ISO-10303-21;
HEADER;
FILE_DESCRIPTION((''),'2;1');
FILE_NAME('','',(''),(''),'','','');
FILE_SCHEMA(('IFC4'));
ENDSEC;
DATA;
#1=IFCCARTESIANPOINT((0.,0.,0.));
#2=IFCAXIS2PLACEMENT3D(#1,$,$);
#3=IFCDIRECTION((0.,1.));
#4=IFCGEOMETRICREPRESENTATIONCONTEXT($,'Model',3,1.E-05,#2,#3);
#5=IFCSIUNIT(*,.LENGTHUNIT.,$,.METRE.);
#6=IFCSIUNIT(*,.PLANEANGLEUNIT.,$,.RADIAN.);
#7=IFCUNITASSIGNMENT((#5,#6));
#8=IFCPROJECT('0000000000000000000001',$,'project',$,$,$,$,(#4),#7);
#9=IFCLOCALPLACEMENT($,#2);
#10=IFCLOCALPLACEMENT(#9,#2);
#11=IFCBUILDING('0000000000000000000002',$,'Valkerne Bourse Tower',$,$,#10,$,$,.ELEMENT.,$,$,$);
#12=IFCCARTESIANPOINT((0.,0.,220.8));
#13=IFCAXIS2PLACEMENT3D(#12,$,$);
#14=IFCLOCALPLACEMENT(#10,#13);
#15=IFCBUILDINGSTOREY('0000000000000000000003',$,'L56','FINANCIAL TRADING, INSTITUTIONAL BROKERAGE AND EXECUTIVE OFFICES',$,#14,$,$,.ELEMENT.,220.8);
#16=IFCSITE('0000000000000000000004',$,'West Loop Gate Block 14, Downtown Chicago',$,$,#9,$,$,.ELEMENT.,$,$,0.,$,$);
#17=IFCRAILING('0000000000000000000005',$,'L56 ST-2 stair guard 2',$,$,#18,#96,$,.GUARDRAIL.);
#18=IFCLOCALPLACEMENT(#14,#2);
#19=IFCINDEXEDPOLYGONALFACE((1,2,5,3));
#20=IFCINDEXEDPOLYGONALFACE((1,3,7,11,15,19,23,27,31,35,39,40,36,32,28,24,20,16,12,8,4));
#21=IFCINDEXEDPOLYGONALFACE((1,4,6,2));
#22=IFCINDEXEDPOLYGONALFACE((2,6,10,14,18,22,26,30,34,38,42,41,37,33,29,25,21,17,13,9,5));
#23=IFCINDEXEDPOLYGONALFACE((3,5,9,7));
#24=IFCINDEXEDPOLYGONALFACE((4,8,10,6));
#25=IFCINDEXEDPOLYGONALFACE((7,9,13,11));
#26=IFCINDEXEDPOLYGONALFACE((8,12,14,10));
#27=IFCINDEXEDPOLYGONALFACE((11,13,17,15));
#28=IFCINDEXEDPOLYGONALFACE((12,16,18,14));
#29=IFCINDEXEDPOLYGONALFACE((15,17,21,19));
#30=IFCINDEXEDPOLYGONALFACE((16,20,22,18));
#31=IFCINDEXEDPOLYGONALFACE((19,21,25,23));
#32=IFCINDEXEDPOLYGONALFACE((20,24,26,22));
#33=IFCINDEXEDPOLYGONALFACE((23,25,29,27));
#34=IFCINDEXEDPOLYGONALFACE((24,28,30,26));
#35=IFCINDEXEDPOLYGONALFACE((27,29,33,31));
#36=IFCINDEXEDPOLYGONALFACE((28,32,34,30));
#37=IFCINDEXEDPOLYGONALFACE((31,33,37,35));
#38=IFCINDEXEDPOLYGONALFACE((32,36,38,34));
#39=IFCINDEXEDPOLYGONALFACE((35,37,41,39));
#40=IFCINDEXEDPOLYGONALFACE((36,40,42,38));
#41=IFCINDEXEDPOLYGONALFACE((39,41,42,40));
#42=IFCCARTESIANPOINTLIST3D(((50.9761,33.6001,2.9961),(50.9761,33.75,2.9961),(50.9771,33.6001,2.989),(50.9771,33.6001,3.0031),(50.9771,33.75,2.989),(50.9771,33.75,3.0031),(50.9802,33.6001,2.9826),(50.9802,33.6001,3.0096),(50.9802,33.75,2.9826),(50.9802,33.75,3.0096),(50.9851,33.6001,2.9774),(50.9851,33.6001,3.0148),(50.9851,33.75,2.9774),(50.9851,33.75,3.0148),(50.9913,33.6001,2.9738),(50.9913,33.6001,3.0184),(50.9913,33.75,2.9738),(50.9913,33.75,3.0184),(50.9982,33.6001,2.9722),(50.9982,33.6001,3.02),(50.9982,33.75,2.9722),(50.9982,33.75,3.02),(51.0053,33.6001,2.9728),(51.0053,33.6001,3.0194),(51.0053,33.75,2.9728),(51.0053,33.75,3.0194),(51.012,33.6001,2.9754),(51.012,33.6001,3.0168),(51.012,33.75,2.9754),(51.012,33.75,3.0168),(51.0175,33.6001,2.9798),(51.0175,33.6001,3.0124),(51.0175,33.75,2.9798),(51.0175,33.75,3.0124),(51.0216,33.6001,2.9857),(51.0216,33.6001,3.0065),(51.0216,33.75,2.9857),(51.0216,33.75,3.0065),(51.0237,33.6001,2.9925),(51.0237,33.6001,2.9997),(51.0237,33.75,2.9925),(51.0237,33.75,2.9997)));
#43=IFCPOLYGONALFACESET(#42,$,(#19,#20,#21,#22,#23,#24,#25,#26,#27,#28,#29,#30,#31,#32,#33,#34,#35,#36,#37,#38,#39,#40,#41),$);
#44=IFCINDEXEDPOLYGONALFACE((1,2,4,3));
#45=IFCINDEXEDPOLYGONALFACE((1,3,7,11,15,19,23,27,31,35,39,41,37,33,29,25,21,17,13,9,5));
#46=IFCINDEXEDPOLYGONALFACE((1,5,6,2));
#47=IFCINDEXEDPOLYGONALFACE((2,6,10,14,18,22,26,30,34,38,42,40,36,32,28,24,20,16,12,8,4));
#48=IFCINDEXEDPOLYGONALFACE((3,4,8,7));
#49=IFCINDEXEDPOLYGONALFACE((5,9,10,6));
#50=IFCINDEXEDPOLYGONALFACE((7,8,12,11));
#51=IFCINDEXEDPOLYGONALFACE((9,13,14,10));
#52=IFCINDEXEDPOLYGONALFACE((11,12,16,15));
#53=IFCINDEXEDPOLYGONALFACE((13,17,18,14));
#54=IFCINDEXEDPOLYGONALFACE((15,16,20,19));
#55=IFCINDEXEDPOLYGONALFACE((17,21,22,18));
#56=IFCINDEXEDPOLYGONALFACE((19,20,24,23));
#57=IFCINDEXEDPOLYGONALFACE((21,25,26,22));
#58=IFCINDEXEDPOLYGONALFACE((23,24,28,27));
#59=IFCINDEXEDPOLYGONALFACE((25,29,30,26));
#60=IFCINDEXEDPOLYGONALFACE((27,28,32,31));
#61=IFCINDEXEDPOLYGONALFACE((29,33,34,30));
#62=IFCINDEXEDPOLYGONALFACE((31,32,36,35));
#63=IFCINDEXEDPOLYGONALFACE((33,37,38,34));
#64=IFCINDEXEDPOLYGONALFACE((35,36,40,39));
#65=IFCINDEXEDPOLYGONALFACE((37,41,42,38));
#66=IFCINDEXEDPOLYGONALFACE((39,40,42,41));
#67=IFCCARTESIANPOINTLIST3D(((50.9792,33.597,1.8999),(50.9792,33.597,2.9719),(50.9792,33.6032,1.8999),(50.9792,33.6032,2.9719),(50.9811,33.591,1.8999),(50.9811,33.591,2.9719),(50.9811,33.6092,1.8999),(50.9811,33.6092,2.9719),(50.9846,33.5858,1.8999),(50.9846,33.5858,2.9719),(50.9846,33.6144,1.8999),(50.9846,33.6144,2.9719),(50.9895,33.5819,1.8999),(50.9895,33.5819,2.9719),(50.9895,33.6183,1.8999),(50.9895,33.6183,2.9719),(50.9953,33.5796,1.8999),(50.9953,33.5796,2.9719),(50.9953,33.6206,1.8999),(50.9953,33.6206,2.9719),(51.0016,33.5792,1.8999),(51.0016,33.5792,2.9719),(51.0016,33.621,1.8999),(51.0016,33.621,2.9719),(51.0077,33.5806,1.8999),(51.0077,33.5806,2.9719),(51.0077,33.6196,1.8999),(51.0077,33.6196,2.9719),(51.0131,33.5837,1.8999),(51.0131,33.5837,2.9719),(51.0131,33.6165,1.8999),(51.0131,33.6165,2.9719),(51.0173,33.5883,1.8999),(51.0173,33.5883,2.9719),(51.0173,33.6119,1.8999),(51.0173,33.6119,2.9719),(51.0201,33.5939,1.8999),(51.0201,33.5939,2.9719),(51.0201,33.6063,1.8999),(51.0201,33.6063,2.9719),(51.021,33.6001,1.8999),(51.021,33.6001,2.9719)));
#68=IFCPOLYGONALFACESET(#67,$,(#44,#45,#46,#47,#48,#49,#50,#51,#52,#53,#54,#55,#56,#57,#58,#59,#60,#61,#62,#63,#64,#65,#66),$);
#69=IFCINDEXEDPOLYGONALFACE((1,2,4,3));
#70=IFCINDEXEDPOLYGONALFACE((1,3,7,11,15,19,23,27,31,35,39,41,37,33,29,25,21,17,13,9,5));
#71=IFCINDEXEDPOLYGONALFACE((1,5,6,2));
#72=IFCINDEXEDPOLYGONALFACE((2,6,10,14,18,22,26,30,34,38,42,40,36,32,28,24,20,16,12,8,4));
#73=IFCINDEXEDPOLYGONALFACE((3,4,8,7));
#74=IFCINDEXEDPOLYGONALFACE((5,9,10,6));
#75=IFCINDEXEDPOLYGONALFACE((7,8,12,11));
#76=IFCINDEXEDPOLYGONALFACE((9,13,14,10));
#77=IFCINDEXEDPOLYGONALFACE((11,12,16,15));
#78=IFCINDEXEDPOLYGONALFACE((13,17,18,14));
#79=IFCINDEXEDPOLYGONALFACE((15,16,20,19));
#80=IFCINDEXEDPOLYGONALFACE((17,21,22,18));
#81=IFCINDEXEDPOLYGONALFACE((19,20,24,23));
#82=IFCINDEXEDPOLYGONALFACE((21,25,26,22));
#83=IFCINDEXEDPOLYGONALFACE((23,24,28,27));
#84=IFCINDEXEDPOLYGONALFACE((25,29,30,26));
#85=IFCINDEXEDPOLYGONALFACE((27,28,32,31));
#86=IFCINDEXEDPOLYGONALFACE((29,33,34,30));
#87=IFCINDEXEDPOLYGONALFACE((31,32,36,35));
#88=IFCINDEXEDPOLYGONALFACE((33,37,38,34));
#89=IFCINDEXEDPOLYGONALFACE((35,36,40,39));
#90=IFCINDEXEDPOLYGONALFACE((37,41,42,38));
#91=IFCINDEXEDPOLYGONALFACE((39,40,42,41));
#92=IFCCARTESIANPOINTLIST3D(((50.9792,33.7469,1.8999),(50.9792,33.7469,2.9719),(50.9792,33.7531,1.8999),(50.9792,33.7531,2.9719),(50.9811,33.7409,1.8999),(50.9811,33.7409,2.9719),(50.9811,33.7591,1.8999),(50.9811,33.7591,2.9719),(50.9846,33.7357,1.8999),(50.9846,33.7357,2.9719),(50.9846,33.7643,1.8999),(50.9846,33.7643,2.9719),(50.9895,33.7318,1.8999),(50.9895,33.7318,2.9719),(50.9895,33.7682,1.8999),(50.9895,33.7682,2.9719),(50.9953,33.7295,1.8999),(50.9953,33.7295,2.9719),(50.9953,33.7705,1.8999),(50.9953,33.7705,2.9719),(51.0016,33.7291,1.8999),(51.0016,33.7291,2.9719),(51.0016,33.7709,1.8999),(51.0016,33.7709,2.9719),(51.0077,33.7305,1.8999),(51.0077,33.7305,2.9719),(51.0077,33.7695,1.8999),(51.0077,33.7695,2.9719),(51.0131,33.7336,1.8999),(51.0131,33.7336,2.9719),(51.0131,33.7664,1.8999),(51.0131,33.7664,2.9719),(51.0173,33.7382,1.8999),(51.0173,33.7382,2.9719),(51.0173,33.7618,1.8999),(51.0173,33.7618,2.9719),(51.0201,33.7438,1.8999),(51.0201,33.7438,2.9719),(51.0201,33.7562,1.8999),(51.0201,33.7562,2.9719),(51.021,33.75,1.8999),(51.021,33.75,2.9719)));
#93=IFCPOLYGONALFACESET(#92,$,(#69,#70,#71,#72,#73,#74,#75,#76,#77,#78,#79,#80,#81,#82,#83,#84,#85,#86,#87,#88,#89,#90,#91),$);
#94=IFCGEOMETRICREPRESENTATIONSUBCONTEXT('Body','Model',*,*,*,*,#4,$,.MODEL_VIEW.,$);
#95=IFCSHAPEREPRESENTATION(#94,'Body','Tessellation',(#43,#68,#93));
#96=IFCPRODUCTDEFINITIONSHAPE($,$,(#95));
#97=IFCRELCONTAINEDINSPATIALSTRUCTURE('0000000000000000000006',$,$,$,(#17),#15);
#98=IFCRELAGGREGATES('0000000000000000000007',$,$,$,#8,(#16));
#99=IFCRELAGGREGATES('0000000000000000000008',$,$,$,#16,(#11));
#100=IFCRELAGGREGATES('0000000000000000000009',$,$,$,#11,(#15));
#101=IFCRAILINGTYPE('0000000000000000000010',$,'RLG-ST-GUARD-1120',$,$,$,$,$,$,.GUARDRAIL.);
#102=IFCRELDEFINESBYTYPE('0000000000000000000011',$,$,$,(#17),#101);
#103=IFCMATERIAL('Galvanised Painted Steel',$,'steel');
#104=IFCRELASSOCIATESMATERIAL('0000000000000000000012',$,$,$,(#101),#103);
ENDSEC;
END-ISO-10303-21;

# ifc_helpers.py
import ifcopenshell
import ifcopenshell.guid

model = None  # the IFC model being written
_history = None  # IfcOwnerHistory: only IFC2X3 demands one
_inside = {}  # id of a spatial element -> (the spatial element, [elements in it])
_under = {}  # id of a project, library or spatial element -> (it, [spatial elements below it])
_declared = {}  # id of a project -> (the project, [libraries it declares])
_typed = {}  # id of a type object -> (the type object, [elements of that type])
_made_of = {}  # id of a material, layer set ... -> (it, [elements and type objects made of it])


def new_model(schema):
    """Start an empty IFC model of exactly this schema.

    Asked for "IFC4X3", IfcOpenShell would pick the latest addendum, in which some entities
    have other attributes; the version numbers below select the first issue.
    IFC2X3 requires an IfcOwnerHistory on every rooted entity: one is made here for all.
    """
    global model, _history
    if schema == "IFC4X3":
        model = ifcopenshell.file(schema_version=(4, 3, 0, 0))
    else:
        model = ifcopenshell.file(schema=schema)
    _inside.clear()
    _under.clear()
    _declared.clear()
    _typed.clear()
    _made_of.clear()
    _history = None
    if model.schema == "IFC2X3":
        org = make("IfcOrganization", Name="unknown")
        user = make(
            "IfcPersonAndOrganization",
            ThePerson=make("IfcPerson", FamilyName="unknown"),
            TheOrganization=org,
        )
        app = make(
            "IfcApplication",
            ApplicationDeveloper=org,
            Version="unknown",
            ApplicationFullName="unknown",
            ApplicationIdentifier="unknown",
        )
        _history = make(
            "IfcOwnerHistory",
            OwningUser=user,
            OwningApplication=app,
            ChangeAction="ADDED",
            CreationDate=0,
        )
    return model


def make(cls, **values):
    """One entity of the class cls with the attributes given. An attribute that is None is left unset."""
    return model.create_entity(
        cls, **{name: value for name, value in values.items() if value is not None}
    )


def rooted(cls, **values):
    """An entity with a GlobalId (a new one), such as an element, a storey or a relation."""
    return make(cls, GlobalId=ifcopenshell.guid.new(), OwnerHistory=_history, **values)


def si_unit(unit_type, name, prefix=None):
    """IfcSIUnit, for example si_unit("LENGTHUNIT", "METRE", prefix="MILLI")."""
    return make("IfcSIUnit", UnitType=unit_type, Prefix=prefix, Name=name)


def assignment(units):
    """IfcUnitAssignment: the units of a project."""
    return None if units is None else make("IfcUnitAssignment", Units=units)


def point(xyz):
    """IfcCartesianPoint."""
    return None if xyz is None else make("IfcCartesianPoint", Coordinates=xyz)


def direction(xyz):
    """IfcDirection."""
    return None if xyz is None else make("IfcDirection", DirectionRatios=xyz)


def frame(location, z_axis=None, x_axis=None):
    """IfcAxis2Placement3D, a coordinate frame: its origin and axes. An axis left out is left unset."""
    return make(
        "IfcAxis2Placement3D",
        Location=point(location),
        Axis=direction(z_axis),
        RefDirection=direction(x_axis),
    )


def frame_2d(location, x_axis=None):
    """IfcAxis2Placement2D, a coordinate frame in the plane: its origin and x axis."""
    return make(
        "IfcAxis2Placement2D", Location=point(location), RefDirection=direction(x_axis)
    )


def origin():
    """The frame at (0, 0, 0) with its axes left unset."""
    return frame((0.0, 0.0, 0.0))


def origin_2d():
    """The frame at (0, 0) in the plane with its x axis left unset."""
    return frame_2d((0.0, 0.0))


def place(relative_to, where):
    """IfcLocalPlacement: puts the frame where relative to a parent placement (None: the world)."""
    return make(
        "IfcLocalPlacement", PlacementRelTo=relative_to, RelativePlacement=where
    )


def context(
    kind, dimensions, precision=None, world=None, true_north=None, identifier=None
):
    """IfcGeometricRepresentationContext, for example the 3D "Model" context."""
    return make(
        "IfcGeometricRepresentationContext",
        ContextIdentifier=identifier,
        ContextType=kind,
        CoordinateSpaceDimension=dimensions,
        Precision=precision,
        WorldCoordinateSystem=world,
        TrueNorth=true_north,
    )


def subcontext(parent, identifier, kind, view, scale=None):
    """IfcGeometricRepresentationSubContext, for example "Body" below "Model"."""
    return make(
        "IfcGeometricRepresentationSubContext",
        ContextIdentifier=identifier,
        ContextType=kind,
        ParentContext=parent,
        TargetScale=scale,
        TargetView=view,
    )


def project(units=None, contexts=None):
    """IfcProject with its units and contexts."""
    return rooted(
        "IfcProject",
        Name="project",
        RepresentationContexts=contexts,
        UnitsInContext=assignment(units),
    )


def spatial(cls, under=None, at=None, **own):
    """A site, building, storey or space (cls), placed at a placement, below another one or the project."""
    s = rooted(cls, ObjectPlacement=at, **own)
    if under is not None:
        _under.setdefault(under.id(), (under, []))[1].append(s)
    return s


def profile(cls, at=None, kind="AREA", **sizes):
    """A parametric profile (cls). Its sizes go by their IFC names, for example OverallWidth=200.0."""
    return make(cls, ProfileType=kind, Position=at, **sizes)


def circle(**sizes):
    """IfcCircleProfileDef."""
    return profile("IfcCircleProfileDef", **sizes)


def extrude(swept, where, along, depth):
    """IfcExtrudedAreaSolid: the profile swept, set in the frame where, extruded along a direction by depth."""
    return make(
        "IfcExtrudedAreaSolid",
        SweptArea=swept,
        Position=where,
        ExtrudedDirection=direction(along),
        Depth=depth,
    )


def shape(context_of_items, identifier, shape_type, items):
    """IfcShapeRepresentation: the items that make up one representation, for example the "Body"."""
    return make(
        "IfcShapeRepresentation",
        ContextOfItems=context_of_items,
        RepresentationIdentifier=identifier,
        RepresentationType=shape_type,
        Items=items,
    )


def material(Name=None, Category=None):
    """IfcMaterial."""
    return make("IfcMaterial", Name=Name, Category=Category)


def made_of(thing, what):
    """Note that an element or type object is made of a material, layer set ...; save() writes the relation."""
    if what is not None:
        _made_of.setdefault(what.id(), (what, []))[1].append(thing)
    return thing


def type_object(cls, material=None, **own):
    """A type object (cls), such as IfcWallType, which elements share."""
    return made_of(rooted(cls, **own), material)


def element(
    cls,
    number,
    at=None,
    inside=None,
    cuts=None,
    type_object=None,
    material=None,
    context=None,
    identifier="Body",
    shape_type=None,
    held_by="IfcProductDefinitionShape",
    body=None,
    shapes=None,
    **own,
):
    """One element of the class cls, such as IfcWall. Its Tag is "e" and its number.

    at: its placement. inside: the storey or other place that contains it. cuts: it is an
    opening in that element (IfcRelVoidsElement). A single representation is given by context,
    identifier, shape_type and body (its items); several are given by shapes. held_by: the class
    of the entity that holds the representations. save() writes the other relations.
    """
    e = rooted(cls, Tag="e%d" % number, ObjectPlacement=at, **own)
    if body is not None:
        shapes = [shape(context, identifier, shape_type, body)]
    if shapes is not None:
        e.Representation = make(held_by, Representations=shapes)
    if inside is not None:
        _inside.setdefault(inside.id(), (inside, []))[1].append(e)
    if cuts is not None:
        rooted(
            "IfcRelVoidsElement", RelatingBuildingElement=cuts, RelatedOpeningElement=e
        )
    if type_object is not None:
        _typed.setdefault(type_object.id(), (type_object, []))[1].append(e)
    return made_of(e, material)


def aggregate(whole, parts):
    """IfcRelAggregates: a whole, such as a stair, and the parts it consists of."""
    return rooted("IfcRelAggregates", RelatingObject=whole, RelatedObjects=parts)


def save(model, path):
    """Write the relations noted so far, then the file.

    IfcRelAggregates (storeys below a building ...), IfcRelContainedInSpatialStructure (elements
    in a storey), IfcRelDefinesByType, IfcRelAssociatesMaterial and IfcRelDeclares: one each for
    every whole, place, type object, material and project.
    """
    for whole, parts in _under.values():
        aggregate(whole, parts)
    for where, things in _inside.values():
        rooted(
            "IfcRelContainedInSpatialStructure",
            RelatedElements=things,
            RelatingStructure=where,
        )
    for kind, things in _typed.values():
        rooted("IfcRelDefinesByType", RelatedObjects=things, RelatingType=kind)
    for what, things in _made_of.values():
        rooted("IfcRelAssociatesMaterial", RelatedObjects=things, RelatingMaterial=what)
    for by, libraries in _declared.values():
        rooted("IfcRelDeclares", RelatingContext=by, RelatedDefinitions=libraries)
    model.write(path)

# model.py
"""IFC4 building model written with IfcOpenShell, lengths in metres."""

from ifc_helpers import new_model, si_unit, direction, frame, origin, origin_2d, place, context, subcontext, project, spatial, circle, extrude, material, type_object, element, save


model = new_model("IFC4")

# Units and contexts
model_context = context("Model", 3, precision=1e-05, world=origin(), true_north=direction((0.0, 1.0)))
body_context = subcontext(model_context, "Body", "Model", "MODEL_VIEW")
ifc_project = project(units=[si_unit("LENGTHUNIT", "METRE"), si_unit("PLANEANGLEUNIT", "RADIAN")], contexts=[model_context])

# Site, building, storey
site_placement = place(None, origin())
site = spatial("IfcSite", under=ifc_project, at=site_placement, Name="West Loop Gate Block 14, Downtown Chicago", CompositionType="ELEMENT", RefElevation=0.0)
building_placement = place(site_placement, origin())
building = spatial("IfcBuilding", under=site, at=building_placement, Name="Valkerne Bourse Tower", CompositionType="ELEMENT")
storey_placement = place(building_placement, frame((0.0, 0.0, 220.8)))
storey = spatial("IfcBuildingStorey", under=building, at=storey_placement, Name="L56", Description="FINANCIAL TRADING, INSTITUTIONAL BROKERAGE AND EXECUTIVE OFFICES", CompositionType="ELEMENT", Elevation=220.8)

# Railing
ifc_material_1 = material(Name="Galvanised Painted Steel", Category="steel")
railing_type_1 = type_object("IfcRailingType", Name="RLG-ST-GUARD-1120", PredefinedType="GUARDRAIL", material=ifc_material_1)
railing_1_placement = place(storey_placement, frame((51.0, 33.6001, 1.8999)))
element("IfcRailing", 1, at=railing_1_placement, inside=storey, type_object=railing_type_1, Name="L56 ST-2 stair guard 2", PredefinedType="GUARDRAIL", context=body_context, shape_type="SweptSolid", body=[
    extrude(circle(Radius=0.0239, at=origin_2d()), frame((0.0, 0.0, 1.0962), z_axis=(0.0, 1.0, 0.0), x_axis=(-1.0, 0.0, 0.0)), (0.0, 0.0, 1.0), 0.1499),
    extrude(circle(Radius=0.021, at=origin_2d()), origin(), (0.0, 0.0, 1.0), 1.072),
    extrude(circle(Radius=0.021, at=origin_2d()), frame((0.0, 0.1499, 0.0)), (0.0, 0.0, 1.0), 1.072),
])

save(model, "model.ifc")
